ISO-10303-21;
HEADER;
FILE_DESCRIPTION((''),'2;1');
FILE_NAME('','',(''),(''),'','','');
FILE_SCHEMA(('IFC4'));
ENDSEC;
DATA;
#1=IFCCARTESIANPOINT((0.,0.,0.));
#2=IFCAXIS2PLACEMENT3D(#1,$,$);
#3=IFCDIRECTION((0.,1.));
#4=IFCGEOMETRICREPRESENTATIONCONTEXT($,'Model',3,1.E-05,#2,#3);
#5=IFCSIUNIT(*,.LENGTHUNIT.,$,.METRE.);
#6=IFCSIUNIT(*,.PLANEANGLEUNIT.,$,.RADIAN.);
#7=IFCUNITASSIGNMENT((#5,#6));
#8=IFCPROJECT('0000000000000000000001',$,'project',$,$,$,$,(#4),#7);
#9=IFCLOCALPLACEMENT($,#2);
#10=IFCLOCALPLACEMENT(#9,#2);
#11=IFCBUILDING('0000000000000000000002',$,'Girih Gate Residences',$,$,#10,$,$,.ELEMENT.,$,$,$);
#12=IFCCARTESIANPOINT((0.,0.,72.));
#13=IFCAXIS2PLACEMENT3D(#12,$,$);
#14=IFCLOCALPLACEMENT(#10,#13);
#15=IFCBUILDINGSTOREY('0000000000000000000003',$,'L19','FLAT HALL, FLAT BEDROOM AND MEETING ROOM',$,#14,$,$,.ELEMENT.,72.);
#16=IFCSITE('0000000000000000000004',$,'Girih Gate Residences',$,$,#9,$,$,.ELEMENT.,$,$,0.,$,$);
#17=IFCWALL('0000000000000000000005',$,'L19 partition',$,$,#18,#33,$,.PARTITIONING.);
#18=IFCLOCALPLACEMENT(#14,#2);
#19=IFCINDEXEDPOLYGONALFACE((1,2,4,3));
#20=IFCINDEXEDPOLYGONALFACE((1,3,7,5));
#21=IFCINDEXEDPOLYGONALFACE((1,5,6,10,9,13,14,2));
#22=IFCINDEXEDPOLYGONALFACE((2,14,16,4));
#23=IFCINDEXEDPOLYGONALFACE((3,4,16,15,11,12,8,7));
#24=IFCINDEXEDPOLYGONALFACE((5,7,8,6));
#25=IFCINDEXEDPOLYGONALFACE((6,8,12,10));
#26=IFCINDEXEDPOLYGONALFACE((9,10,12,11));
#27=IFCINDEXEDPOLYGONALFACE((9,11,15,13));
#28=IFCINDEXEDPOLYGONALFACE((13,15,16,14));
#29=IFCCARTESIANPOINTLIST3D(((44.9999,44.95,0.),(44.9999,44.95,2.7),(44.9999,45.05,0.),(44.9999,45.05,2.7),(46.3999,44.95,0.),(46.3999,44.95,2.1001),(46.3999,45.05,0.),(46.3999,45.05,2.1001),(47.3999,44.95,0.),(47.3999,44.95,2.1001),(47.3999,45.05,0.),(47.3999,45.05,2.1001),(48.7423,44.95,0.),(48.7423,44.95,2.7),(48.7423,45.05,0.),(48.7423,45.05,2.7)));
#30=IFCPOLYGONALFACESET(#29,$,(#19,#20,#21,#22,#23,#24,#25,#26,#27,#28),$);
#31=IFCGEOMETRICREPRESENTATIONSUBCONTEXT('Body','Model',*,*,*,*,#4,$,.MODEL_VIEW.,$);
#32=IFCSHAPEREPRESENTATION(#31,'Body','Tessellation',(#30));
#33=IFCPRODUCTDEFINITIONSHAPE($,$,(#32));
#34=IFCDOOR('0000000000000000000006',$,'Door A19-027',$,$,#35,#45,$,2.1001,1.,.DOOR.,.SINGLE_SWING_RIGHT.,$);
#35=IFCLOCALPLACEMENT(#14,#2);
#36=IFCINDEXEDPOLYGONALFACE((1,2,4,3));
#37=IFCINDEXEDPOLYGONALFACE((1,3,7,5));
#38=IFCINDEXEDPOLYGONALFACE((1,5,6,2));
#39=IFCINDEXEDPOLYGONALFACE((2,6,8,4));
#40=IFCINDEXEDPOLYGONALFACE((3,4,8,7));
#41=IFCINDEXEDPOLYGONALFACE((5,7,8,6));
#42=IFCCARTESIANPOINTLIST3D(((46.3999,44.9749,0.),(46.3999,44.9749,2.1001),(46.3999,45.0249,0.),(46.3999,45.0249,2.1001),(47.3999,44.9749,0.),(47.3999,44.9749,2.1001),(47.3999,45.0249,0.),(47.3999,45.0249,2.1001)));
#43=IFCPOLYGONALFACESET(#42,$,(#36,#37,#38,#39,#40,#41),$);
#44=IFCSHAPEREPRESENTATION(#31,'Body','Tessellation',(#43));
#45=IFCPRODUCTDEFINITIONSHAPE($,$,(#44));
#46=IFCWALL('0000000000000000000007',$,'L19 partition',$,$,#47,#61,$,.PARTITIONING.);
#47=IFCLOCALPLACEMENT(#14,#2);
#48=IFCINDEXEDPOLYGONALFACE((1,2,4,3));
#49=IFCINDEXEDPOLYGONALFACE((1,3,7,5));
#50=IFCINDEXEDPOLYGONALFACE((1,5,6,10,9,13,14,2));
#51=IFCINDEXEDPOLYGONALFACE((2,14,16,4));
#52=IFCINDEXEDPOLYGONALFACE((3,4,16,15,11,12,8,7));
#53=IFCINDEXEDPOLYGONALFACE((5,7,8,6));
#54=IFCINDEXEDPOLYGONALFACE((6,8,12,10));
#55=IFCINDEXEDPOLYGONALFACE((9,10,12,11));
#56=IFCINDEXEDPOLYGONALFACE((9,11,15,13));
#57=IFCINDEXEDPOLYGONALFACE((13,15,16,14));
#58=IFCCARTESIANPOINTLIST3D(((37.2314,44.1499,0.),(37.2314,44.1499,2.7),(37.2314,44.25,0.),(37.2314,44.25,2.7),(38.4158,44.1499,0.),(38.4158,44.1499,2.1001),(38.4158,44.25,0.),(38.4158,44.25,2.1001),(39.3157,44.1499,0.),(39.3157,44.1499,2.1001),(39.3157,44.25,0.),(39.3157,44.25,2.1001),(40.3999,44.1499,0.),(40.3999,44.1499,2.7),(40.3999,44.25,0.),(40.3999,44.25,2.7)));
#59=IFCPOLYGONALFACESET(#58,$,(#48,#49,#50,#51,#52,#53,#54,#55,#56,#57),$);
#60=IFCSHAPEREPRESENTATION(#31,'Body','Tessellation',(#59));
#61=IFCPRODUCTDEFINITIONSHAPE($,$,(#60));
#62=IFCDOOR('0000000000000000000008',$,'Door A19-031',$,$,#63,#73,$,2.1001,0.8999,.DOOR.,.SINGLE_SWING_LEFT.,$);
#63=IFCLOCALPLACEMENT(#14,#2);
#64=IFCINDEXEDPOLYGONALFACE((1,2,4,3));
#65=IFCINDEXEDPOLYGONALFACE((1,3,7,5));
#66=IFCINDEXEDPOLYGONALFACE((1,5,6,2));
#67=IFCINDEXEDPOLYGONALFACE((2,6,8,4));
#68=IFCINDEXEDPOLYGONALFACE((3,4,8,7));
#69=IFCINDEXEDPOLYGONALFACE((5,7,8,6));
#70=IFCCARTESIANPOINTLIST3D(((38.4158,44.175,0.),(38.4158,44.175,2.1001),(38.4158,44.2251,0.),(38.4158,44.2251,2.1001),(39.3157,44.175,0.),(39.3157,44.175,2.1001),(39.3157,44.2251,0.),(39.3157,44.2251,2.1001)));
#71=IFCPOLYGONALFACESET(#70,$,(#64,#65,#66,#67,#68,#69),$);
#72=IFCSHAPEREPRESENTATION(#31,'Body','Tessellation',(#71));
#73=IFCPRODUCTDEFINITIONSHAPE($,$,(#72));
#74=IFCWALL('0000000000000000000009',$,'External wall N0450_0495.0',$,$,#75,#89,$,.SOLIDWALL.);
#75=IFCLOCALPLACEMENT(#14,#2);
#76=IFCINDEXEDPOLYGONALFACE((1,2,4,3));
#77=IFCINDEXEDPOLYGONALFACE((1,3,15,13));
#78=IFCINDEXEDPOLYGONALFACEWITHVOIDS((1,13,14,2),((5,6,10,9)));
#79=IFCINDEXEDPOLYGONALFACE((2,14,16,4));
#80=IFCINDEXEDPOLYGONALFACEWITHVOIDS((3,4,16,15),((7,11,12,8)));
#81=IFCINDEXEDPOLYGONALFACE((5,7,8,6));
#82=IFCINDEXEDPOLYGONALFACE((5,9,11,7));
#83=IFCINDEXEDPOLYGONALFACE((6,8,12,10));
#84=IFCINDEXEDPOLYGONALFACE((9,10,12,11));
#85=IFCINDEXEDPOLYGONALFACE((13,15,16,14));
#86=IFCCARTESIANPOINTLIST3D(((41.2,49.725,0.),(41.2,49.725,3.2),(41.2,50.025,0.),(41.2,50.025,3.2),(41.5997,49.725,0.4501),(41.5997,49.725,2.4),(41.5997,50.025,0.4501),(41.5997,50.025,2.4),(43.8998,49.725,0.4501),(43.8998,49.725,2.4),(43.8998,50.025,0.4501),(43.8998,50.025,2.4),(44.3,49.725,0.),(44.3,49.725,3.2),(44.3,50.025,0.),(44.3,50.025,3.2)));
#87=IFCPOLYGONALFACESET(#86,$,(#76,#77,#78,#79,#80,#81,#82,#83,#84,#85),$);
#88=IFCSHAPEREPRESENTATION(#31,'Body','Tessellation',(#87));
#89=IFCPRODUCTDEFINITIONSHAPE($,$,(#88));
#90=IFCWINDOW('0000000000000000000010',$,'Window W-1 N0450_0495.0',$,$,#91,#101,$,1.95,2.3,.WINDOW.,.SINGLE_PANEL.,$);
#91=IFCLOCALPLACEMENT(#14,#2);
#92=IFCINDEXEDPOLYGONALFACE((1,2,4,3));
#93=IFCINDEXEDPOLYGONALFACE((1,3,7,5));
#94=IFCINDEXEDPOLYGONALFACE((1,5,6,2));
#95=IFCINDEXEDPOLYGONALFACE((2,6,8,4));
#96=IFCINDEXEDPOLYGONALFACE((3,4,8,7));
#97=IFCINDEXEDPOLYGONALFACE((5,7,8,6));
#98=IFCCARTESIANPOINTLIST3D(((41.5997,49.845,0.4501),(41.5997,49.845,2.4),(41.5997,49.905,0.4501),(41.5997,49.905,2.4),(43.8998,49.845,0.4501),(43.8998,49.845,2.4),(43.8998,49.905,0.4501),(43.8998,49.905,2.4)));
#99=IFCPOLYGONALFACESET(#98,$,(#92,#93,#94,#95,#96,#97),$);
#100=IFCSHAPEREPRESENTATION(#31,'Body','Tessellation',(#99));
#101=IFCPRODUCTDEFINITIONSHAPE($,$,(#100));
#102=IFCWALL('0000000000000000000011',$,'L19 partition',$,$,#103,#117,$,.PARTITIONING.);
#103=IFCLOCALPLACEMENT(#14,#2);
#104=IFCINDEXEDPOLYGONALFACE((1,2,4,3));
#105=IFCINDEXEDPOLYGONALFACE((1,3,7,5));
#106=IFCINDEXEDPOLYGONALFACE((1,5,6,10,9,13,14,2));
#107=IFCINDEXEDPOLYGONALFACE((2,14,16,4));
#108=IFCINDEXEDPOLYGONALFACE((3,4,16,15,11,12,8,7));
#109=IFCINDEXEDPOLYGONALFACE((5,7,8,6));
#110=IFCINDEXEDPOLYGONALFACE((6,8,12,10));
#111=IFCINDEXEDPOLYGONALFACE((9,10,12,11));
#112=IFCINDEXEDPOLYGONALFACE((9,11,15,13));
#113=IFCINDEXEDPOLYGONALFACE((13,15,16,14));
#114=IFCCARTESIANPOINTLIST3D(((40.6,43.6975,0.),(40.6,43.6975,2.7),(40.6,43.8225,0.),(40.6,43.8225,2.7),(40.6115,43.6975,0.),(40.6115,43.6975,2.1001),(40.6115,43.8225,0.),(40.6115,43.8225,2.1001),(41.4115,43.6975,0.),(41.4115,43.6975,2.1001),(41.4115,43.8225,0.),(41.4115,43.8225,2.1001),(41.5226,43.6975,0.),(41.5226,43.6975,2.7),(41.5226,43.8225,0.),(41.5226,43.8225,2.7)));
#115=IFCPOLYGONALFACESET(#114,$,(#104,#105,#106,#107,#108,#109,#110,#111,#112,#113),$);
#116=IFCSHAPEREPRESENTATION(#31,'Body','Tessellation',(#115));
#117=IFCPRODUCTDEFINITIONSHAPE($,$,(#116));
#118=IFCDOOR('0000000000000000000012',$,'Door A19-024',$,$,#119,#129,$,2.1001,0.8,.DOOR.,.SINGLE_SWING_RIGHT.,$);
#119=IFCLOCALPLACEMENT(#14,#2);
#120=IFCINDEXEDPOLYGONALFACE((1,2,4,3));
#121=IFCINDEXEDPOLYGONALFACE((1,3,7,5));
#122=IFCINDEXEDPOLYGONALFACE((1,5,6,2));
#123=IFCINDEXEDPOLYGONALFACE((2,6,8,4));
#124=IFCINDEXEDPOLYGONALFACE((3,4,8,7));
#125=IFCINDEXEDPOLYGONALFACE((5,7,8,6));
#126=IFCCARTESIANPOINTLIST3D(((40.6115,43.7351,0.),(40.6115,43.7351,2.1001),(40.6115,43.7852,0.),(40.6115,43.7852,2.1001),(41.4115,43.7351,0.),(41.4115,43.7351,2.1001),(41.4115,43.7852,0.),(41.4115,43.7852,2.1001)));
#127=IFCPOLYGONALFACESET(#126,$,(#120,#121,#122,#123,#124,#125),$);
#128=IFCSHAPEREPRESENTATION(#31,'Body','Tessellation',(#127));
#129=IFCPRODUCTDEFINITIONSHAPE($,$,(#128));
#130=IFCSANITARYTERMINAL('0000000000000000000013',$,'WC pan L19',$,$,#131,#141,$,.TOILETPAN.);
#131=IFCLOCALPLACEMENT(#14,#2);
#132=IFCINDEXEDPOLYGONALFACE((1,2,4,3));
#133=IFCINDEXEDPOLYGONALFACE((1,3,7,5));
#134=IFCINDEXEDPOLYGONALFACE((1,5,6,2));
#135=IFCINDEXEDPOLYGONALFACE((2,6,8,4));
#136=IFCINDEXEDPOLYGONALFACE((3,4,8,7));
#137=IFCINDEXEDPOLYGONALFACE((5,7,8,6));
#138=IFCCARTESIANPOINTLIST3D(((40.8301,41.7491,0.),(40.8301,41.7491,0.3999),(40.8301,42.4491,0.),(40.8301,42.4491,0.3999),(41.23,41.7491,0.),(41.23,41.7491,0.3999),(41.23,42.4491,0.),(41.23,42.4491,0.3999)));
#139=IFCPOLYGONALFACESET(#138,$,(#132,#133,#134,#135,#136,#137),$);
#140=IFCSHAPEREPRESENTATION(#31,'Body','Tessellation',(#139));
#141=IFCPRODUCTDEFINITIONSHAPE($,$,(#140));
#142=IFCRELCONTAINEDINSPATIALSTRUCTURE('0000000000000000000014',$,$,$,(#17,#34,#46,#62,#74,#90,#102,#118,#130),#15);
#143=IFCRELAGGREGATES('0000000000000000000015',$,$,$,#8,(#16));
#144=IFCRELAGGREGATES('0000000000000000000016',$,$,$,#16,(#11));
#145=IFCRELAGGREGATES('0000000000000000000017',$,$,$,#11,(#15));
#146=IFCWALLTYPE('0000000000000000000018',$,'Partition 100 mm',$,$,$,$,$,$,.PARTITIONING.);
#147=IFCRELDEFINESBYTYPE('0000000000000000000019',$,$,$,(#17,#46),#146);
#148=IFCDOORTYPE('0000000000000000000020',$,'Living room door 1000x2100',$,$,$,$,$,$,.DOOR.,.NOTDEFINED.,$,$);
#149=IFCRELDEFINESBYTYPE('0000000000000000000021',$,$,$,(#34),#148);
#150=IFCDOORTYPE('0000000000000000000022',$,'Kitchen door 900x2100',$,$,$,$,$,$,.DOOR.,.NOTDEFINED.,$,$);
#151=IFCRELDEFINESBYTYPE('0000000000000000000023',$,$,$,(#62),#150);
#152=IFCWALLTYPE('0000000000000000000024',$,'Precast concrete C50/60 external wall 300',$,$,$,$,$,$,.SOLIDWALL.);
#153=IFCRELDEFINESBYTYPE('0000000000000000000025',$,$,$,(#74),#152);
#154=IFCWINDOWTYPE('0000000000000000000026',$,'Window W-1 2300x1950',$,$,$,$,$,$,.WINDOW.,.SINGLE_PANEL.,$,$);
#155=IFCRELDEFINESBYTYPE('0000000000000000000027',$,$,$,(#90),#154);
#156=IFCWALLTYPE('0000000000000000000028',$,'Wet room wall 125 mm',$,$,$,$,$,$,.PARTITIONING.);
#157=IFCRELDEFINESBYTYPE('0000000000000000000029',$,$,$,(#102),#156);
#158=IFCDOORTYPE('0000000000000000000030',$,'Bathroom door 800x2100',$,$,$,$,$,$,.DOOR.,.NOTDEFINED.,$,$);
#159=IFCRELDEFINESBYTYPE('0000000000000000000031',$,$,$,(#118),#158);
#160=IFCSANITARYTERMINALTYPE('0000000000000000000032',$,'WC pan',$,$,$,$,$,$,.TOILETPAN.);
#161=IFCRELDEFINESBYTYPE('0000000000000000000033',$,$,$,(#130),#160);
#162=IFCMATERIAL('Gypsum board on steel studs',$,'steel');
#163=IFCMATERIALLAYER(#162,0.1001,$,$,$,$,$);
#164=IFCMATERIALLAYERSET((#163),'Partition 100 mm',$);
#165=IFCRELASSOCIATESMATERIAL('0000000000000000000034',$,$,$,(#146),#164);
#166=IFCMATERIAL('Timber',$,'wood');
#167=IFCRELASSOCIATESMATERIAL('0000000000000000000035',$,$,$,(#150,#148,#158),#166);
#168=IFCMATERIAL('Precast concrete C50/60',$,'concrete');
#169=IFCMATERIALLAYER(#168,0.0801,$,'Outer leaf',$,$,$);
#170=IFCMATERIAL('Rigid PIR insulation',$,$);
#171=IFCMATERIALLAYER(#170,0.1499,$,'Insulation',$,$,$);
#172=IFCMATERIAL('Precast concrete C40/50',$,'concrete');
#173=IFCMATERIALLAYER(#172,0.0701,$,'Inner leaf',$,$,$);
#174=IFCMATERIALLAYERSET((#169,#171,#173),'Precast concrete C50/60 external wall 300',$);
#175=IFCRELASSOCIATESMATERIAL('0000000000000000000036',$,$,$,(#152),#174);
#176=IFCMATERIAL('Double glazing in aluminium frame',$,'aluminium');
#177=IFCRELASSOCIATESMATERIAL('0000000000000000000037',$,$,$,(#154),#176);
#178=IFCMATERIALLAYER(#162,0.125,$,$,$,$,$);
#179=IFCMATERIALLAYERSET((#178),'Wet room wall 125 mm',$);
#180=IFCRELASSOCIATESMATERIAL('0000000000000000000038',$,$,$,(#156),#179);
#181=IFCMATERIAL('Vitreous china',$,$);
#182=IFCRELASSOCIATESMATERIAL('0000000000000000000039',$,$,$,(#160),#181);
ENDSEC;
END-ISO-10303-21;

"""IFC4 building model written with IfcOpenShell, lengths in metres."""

from ifc_helpers import new_model, si_unit, direction, frame, frame_2d, origin, origin_2d, place, context, subcontext, project, spatial, rectangle, extrude, material, layer, layer_set, type_object, element, fill, save


model = new_model("IFC4")

# Units and contexts
model_context = context("Model", 3, precision=1e-05, world=origin(), true_north=direction((0.0, 1.0)))
body_context = subcontext(model_context, "Body", "Model", "MODEL_VIEW")
ifc_project = project(units=[si_unit("LENGTHUNIT", "METRE"), si_unit("PLANEANGLEUNIT", "RADIAN")], contexts=[model_context])

# Site, building, storey
site_placement = place(None, origin())
site = spatial("IfcSite", under=ifc_project, at=site_placement, Name="Girih Gate Residences", CompositionType="ELEMENT", RefElevation=0.0)
building_placement = place(site_placement, origin())
building = spatial("IfcBuilding", under=site, at=building_placement, Name="Girih Gate Residences", CompositionType="ELEMENT")
storey_placement = place(building_placement, frame((0.0, 0.0, 72.0)))
storey = spatial("IfcBuildingStorey", under=building, at=storey_placement, Name="L19", Description="FLAT HALL, FLAT BEDROOM AND MEETING ROOM", CompositionType="ELEMENT", Elevation=72.0)

# Shared definitions
ifc_material_1 = material(Name="Gypsum board on steel studs", Category="steel")
ifc_layer_1 = layer(ifc_material_1, 0.1001)
ifc_layer_set_1 = layer_set([ifc_layer_1], Name="Partition 100 mm")
wall_type_1 = type_object("IfcWallType", Name="Partition 100 mm", PredefinedType="PARTITIONING", material=ifc_layer_set_1)
ifc_material_2 = material(Name="Timber", Category="wood")

# Walls, openings, doors
door_type_1 = type_object("IfcDoorType", Name="Kitchen door 900x2100", OperationType="NOTDEFINED", PredefinedType="DOOR", material=ifc_material_2)
wall_1_placement = place(storey_placement, frame((45.0, 45.0, 0.0), z_axis=(0.0, 0.0, 1.0), x_axis=(1.0, 0.0, 0.0)))
wall_1 = element("IfcWall", 1, at=wall_1_placement, inside=storey, type_object=wall_type_1, Name="L19 partition", PredefinedType="PARTITIONING", context=body_context, shape_type="SweptSolid", body=[
    extrude(rectangle(XDim=3.7424, YDim=0.1001, at=frame_2d((1.8711, 0.0))), origin(), (0.0, 0.0, 1.0), 2.7),
])
opening_1_placement = place(wall_1_placement, frame((1.3999, 0.0, 0.0)))
opening_1 = element("IfcOpeningElement", 2, at=opening_1_placement, cuts=wall_1, PredefinedType="OPENING", context=body_context, shape_type="SweptSolid", body=[
    extrude(rectangle(XDim=1.0, YDim=2.1001, at=frame_2d((0.5, 1.05))), frame((0.0, 0.0601, 0.0), z_axis=(0.0, -1.0, 0.0), x_axis=(1.0, 0.0, 0.0)), (0.0, 0.0, 1.0), 0.1201),
])
door_type_2 = type_object("IfcDoorType", Name="Living room door 1000x2100", OperationType="NOTDEFINED", PredefinedType="DOOR", material=ifc_material_2)
door_1_placement = place(opening_1_placement, origin())
door_1 = element("IfcDoor", 3, at=door_1_placement, inside=storey, type_object=door_type_2, Name="Door A19-027", OperationType="SINGLE_SWING_RIGHT", OverallHeight=2.1001, OverallWidth=1.0, PredefinedType="DOOR", context=body_context, shape_type="SweptSolid", body=[
    extrude(rectangle(XDim=1.0, YDim=2.1001, at=frame_2d((0.5, 1.05))), frame((0.0, 0.0249, 0.0), z_axis=(0.0, -1.0, 0.0), x_axis=(1.0, 0.0, 0.0)), (0.0, 0.0, 1.0), 0.05),
])
fill(opening_1, door_1)
wall_2_placement = place(storey_placement, frame((40.3999, 44.2, 0.0), z_axis=(0.0, 0.0, 1.0), x_axis=(-1.0, 0.0, 0.0)))
wall_2 = element("IfcWall", 4, at=wall_2_placement, inside=storey, type_object=wall_type_1, Name="L19 partition", PredefinedType="PARTITIONING", context=body_context, shape_type="SweptSolid", body=[
    extrude(rectangle(XDim=3.1685, YDim=0.1001, at=frame_2d((1.5842, 0.0))), origin(), (0.0, 0.0, 1.0), 2.7),
])
opening_2_placement = place(wall_2_placement, frame((1.0842, 0.0, 0.0)))
opening_2 = element("IfcOpeningElement", 5, at=opening_2_placement, cuts=wall_2, PredefinedType="OPENING", context=body_context, shape_type="SweptSolid", body=[
    extrude(rectangle(XDim=0.8999, YDim=2.1001, at=frame_2d((0.45, 1.05))), frame((0.0, 0.0601, 0.0), z_axis=(0.0, -1.0, 0.0), x_axis=(1.0, 0.0, 0.0)), (0.0, 0.0, 1.0), 0.1201),
])
door_2_placement = place(opening_2_placement, origin())
door_2 = element("IfcDoor", 6, at=door_2_placement, inside=storey, type_object=door_type_1, Name="Door A19-031", OperationType="SINGLE_SWING_LEFT", OverallHeight=2.1001, OverallWidth=0.8999, PredefinedType="DOOR", context=body_context, shape_type="SweptSolid", body=[
    extrude(rectangle(XDim=0.8999, YDim=2.1001, at=frame_2d((0.45, 1.05))), frame((0.0, 0.0249, 0.0), z_axis=(0.0, -1.0, 0.0), x_axis=(1.0, 0.0, 0.0)), (0.0, 0.0, 1.0), 0.05),
])
fill(opening_2, door_2)

# Wall, opening, window
ifc_material_3 = material(Name="Precast concrete C50/60", Category="concrete")
ifc_layer_2 = layer(ifc_material_3, 0.0801, Name="Outer leaf")
ifc_material_4 = material(Name="Rigid PIR insulation")
ifc_layer_3 = layer(ifc_material_4, 0.1499, Name="Insulation")
ifc_material_5 = material(Name="Precast concrete C40/50", Category="concrete")
ifc_layer_4 = layer(ifc_material_5, 0.0701, Name="Inner leaf")
ifc_layer_set_2 = layer_set([ifc_layer_2, ifc_layer_3, ifc_layer_4], Name="Precast concrete C50/60 external wall 300")
wall_type_2 = type_object("IfcWallType", Name="Precast concrete C50/60 external wall 300", PredefinedType="SOLIDWALL", material=ifc_layer_set_2)
wall_3_placement = place(storey_placement, frame((41.2, 49.875, 0.0), z_axis=(0.0, 0.0, 1.0), x_axis=(1.0, 0.0, 0.0)))
wall_3 = element("IfcWall", 7, at=wall_3_placement, inside=storey, type_object=wall_type_2, Name="External wall N0450_0495.0", PredefinedType="SOLIDWALL", context=body_context, shape_type="SweptSolid", body=[
    extrude(rectangle(XDim=3.1001, YDim=0.3, at=frame_2d((1.55, 0.0))), origin(), (0.0, 0.0, 1.0), 3.2),
])
opening_3_placement = place(wall_3_placement, frame((0.3999, 0.0, 0.45)))
opening_3 = element("IfcOpeningElement", 8, at=opening_3_placement, cuts=wall_3, PredefinedType="OPENING", context=body_context, shape_type="SweptSolid", body=[
    extrude(rectangle(XDim=2.3, YDim=1.95, at=frame_2d((1.1499, 0.9751))), frame((0.0, 0.1599, 0.0), z_axis=(0.0, -1.0, 0.0), x_axis=(1.0, 0.0, 0.0)), (0.0, 0.0, 1.0), 0.3201),
])
ifc_material_6 = material(Name="Double glazing in aluminium frame", Category="aluminium")
window_type = type_object("IfcWindowType", Name="Window W-1 2300x1950", PartitioningType="SINGLE_PANEL", PredefinedType="WINDOW", material=ifc_material_6)
window_placement = place(opening_3_placement, origin())
window = element("IfcWindow", 9, at=window_placement, inside=storey, type_object=window_type, Name="Window W-1 N0450_0495.0", OverallHeight=1.95, OverallWidth=2.3, PartitioningType="SINGLE_PANEL", PredefinedType="WINDOW", context=body_context, shape_type="SweptSolid", body=[
    extrude(rectangle(XDim=2.3, YDim=1.95, at=frame_2d((1.1499, 0.9751))), frame((0.0, 0.03, 0.0), z_axis=(0.0, -1.0, 0.0), x_axis=(1.0, 0.0, 0.0)), (0.0, 0.0, 1.0), 0.0601),
])
fill(opening_3, window)

# Wall, opening, door
ifc_layer_5 = layer(ifc_material_1, 0.125)
ifc_layer_set_3 = layer_set([ifc_layer_5], Name="Wet room wall 125 mm")
wall_type_3 = type_object("IfcWallType", Name="Wet room wall 125 mm", PredefinedType="PARTITIONING", material=ifc_layer_set_3)
wall_4_placement = place(storey_placement, frame((41.5227, 43.76, 0.0), z_axis=(0.0, 0.0, 1.0), x_axis=(-1.0, 0.0, 0.0)))
wall_4 = element("IfcWall", 10, at=wall_4_placement, inside=storey, type_object=wall_type_3, Name="L19 partition", PredefinedType="PARTITIONING", context=body_context, shape_type="SweptSolid", body=[
    extrude(rectangle(XDim=0.9226, YDim=0.125, at=frame_2d((0.4614, 0.0))), origin(), (0.0, 0.0, 1.0), 2.7),
])
opening_4_placement = place(wall_4_placement, frame((0.1113, 0.0, 0.0)))
opening_4 = element("IfcOpeningElement", 11, at=opening_4_placement, cuts=wall_4, PredefinedType="OPENING", context=body_context, shape_type="SweptSolid", body=[
    extrude(rectangle(XDim=0.8, YDim=2.1001, at=frame_2d((0.3999, 1.05))), frame((0.0, 0.0725, 0.0), z_axis=(0.0, -1.0, 0.0), x_axis=(1.0, 0.0, 0.0)), (0.0, 0.0, 1.0), 0.145),
])
door_type_3 = type_object("IfcDoorType", Name="Bathroom door 800x2100", OperationType="NOTDEFINED", PredefinedType="DOOR", material=ifc_material_2)
door_3_placement = place(opening_4_placement, origin())
door_3 = element("IfcDoor", 12, at=door_3_placement, inside=storey, type_object=door_type_3, Name="Door A19-024", OperationType="SINGLE_SWING_RIGHT", OverallHeight=2.1001, OverallWidth=0.8, PredefinedType="DOOR", context=body_context, shape_type="SweptSolid", body=[
    extrude(rectangle(XDim=0.8, YDim=2.1001, at=frame_2d((0.3999, 1.05))), frame((0.0, 0.0249, 0.0), z_axis=(0.0, -1.0, 0.0), x_axis=(1.0, 0.0, 0.0)), (0.0, 0.0, 1.0), 0.05),
])
fill(opening_4, door_3)

# Sanitary terminal
ifc_material_7 = material(Name="Vitreous china")
sanitary_terminal_type = type_object("IfcSanitaryTerminalType", Name="WC pan", PredefinedType="TOILETPAN", material=ifc_material_7)
sanitary_terminal_placement = place(storey_placement, frame((41.03, 42.0991, 0.0), z_axis=(0.0, 0.0, 1.0), x_axis=(1.0, 0.0, 0.0)))
element("IfcSanitaryTerminal", 13, at=sanitary_terminal_placement, inside=storey, type_object=sanitary_terminal_type, Name="WC pan L19", PredefinedType="TOILETPAN", context=body_context, shape_type="SweptSolid", body=[
    extrude(rectangle(XDim=0.3999, YDim=0.7, at=origin_2d()), origin(), (0.0, 0.0, 1.0), 0.3999),
])

save(model, "model.ifc")
